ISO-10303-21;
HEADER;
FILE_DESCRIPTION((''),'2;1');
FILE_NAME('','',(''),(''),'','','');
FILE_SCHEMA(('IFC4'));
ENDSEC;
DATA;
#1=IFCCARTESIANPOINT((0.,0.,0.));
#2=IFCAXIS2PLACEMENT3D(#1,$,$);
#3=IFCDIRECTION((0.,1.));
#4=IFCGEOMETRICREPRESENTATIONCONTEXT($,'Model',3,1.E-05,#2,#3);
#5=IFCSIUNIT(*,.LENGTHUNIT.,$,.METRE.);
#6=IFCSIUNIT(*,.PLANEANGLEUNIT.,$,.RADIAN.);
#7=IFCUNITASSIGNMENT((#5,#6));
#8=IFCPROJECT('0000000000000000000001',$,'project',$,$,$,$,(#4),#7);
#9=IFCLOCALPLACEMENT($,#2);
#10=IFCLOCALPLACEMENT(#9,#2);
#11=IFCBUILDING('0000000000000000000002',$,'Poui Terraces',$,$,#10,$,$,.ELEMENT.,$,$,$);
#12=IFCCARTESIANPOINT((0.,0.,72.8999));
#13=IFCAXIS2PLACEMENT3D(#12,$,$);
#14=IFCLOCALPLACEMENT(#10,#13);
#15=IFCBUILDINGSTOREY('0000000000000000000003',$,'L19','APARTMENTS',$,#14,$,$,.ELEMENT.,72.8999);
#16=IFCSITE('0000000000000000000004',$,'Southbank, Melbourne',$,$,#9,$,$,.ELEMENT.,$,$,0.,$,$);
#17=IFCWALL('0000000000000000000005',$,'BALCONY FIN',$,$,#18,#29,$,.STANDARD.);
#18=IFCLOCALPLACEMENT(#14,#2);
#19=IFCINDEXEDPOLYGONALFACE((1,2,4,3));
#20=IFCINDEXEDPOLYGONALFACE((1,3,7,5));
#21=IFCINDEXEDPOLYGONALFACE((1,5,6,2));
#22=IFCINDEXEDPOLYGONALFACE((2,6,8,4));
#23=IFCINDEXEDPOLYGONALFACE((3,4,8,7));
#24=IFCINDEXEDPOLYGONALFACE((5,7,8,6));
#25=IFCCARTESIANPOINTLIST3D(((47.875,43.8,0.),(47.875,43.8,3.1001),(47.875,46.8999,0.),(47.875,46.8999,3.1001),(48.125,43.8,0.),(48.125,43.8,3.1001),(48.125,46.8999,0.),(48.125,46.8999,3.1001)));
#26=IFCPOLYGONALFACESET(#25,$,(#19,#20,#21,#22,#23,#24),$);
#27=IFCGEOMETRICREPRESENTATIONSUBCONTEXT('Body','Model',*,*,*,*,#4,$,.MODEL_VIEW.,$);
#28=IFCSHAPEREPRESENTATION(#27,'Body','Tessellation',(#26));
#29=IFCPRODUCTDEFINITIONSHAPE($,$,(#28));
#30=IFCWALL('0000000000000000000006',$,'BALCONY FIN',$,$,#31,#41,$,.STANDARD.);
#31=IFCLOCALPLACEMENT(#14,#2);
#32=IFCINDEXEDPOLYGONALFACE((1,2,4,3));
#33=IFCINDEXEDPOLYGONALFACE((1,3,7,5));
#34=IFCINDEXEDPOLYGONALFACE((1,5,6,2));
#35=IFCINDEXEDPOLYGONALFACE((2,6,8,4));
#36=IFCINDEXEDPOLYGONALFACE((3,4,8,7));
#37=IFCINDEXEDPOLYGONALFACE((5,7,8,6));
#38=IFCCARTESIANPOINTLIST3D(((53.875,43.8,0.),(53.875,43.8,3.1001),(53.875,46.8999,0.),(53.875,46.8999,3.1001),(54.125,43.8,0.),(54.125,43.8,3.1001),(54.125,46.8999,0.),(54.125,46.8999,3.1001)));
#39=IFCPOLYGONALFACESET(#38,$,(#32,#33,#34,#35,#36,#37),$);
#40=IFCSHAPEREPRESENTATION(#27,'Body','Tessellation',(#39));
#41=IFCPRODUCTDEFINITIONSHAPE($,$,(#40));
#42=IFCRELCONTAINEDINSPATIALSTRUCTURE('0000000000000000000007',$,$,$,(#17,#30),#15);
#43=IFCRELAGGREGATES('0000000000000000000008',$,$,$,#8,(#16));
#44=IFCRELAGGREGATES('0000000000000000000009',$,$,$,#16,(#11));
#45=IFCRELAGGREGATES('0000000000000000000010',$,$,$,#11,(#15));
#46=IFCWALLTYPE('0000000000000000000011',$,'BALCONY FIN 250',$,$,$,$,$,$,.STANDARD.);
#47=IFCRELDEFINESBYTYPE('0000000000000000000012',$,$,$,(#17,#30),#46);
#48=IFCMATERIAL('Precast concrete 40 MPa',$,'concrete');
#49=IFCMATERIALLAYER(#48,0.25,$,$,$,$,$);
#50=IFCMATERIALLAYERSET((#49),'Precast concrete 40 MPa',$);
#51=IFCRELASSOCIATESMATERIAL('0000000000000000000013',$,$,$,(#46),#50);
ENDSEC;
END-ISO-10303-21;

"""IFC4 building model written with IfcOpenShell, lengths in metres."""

from ifc_helpers import new_model, si_unit, direction, frame, origin, place, context, subcontext, project, spatial, polyline, outline, extrude, source, transform, mapped, material, layer, layer_set, type_object, element, save


model = new_model("IFC4")

# Units and contexts
model_context = context("Model", 3, precision=1e-05, world=origin(), true_north=direction((0.0, 1.0)))
body_context = subcontext(model_context, "Body", "Model", "MODEL_VIEW")
ifc_project = project(units=[si_unit("LENGTHUNIT", "METRE"), si_unit("PLANEANGLEUNIT", "RADIAN")], contexts=[model_context])

# Site, building, storey
site_placement = place(None, origin())
site = spatial("IfcSite", under=ifc_project, at=site_placement, Name="Southbank, Melbourne", CompositionType="ELEMENT", RefElevation=0.0)
building_placement = place(site_placement, origin())
building = spatial("IfcBuilding", under=site, at=building_placement, Name="Poui Terraces", CompositionType="ELEMENT")
storey_placement = place(building_placement, frame((0.0, 0.0, 72.8999)))
storey = spatial("IfcBuildingStorey", under=building, at=storey_placement, Name="L19", Description="APARTMENTS", CompositionType="ELEMENT", Elevation=72.8999)

# Walls
ifc_material_1 = material(Name="Precast concrete 40 MPa", Category="concrete")
ifc_layer_1 = layer(ifc_material_1, 0.25)
ifc_layer_set_1 = layer_set([ifc_layer_1], Name="Precast concrete 40 MPa")
wall_type_1 = type_object("IfcWallType", Name="BALCONY FIN 250", PredefinedType="STANDARD", material=ifc_layer_set_1)
shared_shape_1 = source(origin(), body_context, "Body", "SweptSolid", [
    extrude(outline(polyline([(0.0, 0.0), (0.25, 0.0), (0.25, 3.0999), (0.0, 3.0999), (0.0, 0.0)])), origin(), (0.0, 0.0, 1.0), 3.1001),
])
for number, where, name in (
    (1, (47.875, 43.8, 0.0), "BALCONY FIN"),
    (2, (53.875, 43.8, 0.0), "BALCONY FIN"),
):
    element("IfcWall", number, at=place(storey_placement, frame(where)), inside=storey, type_object=wall_type_1, Name=name, PredefinedType="STANDARD", context=body_context, shape_type="MappedRepresentation", body=[
        mapped(shared_shape_1, transform((0.0, 0.0, 0.0))),
    ])

save(model, "model.ifc")
